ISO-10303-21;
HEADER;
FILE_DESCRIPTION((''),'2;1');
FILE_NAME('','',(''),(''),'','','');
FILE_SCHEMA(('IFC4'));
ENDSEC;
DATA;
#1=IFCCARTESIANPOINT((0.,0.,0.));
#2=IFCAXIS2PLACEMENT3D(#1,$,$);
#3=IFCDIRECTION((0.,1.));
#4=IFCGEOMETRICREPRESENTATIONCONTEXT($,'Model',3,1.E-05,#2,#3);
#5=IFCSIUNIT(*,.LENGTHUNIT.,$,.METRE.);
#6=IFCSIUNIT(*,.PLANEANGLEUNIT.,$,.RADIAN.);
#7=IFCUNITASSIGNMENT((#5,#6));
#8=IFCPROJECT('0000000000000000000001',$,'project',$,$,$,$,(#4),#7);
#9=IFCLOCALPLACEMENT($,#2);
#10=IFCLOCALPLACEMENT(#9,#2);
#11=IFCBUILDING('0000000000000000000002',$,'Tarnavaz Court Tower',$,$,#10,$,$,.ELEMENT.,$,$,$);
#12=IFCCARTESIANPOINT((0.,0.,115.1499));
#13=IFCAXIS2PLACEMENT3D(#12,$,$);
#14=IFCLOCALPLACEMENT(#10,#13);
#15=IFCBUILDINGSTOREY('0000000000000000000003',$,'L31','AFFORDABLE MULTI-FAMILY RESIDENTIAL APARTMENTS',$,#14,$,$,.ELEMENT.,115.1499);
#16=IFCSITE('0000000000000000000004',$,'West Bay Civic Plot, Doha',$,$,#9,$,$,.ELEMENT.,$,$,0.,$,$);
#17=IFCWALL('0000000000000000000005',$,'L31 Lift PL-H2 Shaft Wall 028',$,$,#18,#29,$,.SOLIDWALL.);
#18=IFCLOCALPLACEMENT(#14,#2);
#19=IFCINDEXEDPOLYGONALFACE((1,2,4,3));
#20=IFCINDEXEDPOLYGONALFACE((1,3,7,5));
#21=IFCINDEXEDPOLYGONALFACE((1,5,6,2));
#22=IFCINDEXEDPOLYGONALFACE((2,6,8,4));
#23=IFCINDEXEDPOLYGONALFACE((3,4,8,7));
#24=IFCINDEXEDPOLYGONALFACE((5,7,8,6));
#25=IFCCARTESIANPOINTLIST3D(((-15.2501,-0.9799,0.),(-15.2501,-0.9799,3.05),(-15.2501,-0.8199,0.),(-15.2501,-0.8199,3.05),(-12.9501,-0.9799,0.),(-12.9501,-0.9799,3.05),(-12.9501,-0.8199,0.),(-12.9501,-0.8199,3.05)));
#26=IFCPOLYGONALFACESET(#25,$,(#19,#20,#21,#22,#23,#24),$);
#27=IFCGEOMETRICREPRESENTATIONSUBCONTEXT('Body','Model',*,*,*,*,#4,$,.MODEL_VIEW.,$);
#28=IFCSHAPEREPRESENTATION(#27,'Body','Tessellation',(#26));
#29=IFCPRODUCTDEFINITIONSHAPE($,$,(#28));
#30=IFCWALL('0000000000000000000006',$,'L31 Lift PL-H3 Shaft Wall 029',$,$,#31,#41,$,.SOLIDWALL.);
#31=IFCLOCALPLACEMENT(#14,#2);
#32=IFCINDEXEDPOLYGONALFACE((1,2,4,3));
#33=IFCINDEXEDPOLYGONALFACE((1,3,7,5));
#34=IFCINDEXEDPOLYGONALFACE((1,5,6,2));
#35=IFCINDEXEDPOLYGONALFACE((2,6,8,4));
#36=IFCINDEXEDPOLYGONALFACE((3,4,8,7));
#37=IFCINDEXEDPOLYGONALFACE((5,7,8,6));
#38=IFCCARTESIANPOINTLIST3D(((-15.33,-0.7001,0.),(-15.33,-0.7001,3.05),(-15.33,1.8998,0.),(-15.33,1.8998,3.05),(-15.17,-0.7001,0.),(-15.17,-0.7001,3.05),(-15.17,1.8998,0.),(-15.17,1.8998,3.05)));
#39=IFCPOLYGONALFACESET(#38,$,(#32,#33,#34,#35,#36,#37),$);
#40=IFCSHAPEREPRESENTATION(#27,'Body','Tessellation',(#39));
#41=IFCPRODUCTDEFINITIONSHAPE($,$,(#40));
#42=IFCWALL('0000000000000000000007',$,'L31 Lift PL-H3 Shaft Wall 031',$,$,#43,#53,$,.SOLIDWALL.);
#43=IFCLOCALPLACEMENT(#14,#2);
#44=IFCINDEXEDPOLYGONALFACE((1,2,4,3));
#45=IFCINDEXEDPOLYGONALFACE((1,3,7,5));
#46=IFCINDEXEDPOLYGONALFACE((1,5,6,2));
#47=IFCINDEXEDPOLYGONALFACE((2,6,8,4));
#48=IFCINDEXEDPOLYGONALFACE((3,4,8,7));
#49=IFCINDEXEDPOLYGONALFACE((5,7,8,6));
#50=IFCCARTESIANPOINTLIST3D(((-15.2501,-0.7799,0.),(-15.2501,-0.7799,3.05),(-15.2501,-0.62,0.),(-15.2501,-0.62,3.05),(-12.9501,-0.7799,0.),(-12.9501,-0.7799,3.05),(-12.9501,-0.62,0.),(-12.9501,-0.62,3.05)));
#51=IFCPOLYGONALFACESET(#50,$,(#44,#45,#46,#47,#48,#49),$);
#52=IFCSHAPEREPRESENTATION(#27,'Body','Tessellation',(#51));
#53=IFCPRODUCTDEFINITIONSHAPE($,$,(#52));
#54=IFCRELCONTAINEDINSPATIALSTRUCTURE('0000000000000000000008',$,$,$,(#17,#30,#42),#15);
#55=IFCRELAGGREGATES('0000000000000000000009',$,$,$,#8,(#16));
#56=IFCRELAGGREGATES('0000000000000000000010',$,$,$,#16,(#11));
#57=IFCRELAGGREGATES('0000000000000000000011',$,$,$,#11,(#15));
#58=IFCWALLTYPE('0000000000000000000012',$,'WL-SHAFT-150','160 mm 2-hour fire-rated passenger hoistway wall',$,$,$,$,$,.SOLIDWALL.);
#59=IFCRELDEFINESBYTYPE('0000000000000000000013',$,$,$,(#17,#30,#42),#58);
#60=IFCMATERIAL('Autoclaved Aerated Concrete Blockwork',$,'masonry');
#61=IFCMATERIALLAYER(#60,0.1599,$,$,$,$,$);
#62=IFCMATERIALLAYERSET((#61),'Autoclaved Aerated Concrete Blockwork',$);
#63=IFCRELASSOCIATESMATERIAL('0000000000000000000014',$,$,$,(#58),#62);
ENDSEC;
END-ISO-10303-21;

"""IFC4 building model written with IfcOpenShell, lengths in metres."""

from ifc_helpers import new_model, si_unit, direction, frame, frame_2d, origin, place, context, subcontext, project, spatial, rectangle, extrude, material, layer, layer_set, type_object, element, save


model = new_model("IFC4")

# Units and contexts
model_context = context("Model", 3, precision=1e-05, world=origin(), true_north=direction((0.0, 1.0)))
body_context = subcontext(model_context, "Body", "Model", "MODEL_VIEW")
ifc_project = project(units=[si_unit("LENGTHUNIT", "METRE"), si_unit("PLANEANGLEUNIT", "RADIAN")], contexts=[model_context])

# Site, building, storey
site_placement = place(None, origin())
site = spatial("IfcSite", under=ifc_project, at=site_placement, Name="West Bay Civic Plot, Doha", CompositionType="ELEMENT", RefElevation=0.0)
building_placement = place(site_placement, origin())
building = spatial("IfcBuilding", under=site, at=building_placement, Name="Tarnavaz Court Tower", CompositionType="ELEMENT")
storey_placement = place(building_placement, frame((0.0, 0.0, 115.1499)))
storey = spatial("IfcBuildingStorey", under=building, at=storey_placement, Name="L31", Description="AFFORDABLE MULTI-FAMILY RESIDENTIAL APARTMENTS", CompositionType="ELEMENT", Elevation=115.1499)

# Walls
ifc_material_1 = material(Name="Autoclaved Aerated Concrete Blockwork", Category="masonry")
ifc_layer_1 = layer(ifc_material_1, 0.1599)
ifc_layer_set_1 = layer_set([ifc_layer_1], Name="Autoclaved Aerated Concrete Blockwork")
wall_type_1 = type_object("IfcWallType", Name="WL-SHAFT-150", Description="160 mm 2-hour fire-rated passenger hoistway wall", PredefinedType="SOLIDWALL", material=ifc_layer_set_1)
for number, where, z_axis, x_axis, name in (
    (1, (-15.25, -0.8999, 0.0), (0.0, 0.0, 1.0), (1.0, 0.0, 0.0), "L31 Lift PL-H2 Shaft Wall 028"),
):
    element("IfcWall", number, at=place(storey_placement, frame(where, z_axis=z_axis, x_axis=x_axis)), inside=storey, type_object=wall_type_1, Name=name, PredefinedType="SOLIDWALL", context=body_context, shape_type="SweptSolid", body=[
        extrude(rectangle(XDim=2.3, YDim=0.1599, at=frame_2d((1.1499, 0.0))), origin(), (0.0, 0.0, 1.0), 3.05),
    ])
wall_1_placement = place(storey_placement, frame((-15.25, -0.7, 0.0), z_axis=(0.0, 0.0, 1.0), x_axis=(0.0, 1.0, 0.0)))
element("IfcWall", 2, at=wall_1_placement, inside=storey, type_object=wall_type_1, Name="L31 Lift PL-H3 Shaft Wall 029", PredefinedType="SOLIDWALL", context=body_context, shape_type="SweptSolid", body=[
    extrude(rectangle(XDim=2.5999, YDim=0.1599, at=frame_2d((1.2998, 0.0))), origin(), (0.0, 0.0, 1.0), 3.05),
])
wall_2_placement = place(storey_placement, frame((-15.25, -0.7, 0.0), z_axis=(0.0, 0.0, 1.0), x_axis=(1.0, 0.0, 0.0)))
element("IfcWall", 3, at=wall_2_placement, inside=storey, type_object=wall_type_1, Name="L31 Lift PL-H3 Shaft Wall 031", PredefinedType="SOLIDWALL", context=body_context, shape_type="SweptSolid", body=[
    extrude(rectangle(XDim=2.3, YDim=0.1599, at=frame_2d((1.1499, 0.0))), origin(), (0.0, 0.0, 1.0), 3.05),
])

save(model, "model.ifc")
